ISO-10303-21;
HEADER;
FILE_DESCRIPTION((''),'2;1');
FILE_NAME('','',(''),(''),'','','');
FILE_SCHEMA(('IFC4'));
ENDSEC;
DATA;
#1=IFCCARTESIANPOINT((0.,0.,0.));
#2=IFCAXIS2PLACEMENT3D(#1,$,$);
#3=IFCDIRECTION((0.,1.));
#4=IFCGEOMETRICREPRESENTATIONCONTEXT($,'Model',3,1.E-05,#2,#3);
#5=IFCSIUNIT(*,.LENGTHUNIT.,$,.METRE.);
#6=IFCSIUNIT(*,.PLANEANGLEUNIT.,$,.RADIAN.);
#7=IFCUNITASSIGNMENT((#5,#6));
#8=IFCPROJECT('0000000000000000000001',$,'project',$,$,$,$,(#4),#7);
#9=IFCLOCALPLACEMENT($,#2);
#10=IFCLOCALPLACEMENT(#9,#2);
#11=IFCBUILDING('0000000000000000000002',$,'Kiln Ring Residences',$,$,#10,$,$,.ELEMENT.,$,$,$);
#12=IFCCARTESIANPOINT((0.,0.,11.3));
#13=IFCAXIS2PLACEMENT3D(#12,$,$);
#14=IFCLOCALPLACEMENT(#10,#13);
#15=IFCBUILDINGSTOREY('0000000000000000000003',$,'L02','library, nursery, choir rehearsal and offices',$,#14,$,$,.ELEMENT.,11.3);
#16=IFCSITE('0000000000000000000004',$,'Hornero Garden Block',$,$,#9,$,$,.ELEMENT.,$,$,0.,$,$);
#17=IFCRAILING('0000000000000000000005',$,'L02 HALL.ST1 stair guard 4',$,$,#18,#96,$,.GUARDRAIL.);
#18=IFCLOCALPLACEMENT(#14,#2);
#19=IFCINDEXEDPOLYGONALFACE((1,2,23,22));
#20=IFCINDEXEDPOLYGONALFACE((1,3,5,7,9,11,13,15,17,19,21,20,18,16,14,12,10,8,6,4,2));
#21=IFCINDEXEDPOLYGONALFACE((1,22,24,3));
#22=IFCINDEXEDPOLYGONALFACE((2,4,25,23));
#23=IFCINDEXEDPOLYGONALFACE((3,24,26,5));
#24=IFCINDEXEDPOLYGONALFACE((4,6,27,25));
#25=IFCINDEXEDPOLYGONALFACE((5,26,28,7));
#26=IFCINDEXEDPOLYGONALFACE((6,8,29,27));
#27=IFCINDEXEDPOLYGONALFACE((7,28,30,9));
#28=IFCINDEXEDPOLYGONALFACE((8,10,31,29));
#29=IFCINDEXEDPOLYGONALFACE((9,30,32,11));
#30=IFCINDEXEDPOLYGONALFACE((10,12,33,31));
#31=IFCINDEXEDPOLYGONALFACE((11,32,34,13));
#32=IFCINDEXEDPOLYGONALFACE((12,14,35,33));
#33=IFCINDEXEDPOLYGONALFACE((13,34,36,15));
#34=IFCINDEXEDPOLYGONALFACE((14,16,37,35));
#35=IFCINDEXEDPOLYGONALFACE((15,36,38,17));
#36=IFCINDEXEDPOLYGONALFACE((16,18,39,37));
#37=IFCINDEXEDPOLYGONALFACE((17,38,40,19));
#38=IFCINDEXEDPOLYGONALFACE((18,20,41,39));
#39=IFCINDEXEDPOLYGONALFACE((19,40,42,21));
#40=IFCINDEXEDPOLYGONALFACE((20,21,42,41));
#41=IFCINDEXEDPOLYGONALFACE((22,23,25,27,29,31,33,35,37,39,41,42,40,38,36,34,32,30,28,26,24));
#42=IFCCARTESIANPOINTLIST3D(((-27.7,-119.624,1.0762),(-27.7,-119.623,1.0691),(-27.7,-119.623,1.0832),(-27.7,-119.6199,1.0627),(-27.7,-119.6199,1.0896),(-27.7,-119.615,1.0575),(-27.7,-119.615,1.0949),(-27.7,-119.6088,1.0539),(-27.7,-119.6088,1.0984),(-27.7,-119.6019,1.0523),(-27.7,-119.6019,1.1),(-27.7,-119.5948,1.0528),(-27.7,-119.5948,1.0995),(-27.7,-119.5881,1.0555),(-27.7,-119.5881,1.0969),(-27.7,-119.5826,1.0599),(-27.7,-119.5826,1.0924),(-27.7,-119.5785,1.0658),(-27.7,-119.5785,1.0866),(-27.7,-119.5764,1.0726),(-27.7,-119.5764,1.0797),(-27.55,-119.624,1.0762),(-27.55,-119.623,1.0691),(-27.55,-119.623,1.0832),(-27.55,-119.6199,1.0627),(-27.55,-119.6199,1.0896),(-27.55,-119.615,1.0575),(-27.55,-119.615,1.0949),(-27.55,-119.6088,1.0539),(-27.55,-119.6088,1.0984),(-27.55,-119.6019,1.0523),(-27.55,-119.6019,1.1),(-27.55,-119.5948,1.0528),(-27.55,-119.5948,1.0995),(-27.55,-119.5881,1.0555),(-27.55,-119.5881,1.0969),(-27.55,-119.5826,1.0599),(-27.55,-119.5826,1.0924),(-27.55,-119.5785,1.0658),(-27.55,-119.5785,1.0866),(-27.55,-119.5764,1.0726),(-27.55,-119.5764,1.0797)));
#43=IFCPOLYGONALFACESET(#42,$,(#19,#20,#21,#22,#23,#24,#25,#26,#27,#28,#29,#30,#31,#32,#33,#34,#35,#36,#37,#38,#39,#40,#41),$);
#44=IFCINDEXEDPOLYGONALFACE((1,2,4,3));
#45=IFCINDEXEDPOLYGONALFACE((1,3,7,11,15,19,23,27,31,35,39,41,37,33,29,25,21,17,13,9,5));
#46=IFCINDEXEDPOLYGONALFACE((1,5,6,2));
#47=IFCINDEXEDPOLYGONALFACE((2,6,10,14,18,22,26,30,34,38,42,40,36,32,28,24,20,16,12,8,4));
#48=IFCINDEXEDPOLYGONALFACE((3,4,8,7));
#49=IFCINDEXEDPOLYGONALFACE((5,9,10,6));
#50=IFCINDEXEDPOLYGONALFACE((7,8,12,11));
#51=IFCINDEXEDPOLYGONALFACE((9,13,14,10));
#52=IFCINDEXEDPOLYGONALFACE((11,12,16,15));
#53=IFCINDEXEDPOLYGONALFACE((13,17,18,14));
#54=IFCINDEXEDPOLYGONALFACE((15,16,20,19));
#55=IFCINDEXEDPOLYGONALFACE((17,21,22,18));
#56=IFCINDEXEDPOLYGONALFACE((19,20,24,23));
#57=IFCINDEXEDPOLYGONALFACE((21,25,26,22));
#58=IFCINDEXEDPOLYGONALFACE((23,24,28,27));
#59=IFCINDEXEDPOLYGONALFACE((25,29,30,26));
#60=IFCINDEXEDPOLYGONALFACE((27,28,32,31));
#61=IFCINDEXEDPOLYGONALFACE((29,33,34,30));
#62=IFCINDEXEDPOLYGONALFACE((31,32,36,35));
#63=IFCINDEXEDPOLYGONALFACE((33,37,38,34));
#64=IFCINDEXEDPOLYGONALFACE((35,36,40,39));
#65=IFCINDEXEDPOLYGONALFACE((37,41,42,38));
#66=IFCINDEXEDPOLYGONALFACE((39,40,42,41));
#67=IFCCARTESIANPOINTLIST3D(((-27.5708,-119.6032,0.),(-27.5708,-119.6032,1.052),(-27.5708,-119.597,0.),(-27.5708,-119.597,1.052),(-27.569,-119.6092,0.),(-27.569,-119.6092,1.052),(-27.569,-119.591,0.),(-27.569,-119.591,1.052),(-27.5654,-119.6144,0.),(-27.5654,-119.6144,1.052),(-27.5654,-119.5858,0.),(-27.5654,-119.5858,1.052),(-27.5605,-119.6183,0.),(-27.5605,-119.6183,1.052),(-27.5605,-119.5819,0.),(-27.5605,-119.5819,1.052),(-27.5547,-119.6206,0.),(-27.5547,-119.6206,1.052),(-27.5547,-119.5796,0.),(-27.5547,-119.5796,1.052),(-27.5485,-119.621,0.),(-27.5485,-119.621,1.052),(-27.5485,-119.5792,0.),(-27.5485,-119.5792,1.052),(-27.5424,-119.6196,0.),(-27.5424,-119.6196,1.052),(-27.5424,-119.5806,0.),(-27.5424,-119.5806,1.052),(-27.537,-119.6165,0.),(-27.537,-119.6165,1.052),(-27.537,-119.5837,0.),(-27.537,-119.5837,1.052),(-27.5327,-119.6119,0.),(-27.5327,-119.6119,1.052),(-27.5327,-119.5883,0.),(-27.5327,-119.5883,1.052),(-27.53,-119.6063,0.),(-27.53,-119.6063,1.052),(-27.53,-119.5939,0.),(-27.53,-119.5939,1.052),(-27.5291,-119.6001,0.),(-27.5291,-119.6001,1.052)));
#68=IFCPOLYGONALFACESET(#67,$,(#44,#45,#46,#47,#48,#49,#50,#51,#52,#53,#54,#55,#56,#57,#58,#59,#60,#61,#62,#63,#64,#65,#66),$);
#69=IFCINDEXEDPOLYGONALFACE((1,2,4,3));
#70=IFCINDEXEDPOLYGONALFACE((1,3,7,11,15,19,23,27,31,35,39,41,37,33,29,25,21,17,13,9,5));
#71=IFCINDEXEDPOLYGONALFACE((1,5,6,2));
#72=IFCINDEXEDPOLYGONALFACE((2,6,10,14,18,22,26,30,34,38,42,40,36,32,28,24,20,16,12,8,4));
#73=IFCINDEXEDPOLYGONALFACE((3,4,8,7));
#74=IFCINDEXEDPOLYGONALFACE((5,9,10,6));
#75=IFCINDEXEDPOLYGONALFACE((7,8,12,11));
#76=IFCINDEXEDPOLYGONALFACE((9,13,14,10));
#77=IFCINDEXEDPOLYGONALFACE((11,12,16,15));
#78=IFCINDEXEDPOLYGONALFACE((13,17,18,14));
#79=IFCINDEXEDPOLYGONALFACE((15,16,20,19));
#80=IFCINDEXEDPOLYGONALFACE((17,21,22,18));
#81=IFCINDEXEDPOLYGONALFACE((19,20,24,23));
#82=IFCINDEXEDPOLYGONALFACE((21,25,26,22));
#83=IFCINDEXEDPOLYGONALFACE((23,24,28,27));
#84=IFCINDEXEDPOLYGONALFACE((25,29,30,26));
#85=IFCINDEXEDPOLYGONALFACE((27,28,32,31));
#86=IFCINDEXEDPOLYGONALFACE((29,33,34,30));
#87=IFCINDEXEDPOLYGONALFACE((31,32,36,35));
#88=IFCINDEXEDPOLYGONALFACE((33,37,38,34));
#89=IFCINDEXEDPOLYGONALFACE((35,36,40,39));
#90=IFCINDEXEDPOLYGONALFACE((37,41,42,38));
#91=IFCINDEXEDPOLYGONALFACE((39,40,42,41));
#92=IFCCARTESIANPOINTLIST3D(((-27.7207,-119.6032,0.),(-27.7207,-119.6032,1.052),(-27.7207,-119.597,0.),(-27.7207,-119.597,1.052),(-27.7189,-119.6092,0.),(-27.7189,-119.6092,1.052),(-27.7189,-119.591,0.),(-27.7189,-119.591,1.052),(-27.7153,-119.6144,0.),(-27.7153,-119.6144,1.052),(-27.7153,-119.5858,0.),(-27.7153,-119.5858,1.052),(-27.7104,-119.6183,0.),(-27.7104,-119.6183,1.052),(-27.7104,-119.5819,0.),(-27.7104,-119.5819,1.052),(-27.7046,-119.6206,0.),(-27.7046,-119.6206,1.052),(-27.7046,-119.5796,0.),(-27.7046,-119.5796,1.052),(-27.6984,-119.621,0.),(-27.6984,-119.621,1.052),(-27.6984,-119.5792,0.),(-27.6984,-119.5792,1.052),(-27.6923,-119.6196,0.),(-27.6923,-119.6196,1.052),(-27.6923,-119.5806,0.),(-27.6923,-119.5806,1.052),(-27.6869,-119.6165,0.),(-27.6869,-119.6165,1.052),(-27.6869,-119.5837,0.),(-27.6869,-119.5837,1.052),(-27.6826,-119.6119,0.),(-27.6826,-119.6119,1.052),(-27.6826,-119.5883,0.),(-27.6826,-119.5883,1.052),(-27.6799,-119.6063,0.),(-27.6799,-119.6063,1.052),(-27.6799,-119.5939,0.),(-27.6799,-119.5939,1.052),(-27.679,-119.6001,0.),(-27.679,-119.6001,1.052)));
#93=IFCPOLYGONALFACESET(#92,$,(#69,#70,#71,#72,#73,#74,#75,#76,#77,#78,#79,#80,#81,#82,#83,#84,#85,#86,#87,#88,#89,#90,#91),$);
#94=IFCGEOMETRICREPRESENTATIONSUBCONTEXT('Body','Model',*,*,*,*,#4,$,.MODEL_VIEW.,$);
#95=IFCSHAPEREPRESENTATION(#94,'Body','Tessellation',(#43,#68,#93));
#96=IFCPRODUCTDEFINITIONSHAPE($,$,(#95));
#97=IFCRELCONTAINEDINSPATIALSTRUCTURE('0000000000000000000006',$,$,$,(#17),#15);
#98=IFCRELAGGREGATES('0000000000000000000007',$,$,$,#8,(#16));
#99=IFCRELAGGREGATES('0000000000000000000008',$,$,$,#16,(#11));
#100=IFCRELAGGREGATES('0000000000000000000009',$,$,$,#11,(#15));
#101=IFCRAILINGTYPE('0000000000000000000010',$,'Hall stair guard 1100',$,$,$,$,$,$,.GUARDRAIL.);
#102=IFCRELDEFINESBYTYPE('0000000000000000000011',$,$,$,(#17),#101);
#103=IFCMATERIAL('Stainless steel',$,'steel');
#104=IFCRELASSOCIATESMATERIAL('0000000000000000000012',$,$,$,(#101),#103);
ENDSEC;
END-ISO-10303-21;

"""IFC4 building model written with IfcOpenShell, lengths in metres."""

from ifc_helpers import new_model, si_unit, direction, frame, origin, origin_2d, place, context, subcontext, project, spatial, circle, extrude, material, type_object, element, save


model = new_model("IFC4")

# Units and contexts
model_context = context("Model", 3, precision=1e-05, world=origin(), true_north=direction((0.0, 1.0)))
body_context = subcontext(model_context, "Body", "Model", "MODEL_VIEW")
ifc_project = project(units=[si_unit("LENGTHUNIT", "METRE"), si_unit("PLANEANGLEUNIT", "RADIAN")], contexts=[model_context])

# Site, building, storey
site_placement = place(None, origin())
site = spatial("IfcSite", under=ifc_project, at=site_placement, Name="Hornero Garden Block", CompositionType="ELEMENT", RefElevation=0.0)
building_placement = place(site_placement, origin())
building = spatial("IfcBuilding", under=site, at=building_placement, Name="Kiln Ring Residences", CompositionType="ELEMENT")
storey_placement = place(building_placement, frame((0.0, 0.0, 11.3)))
storey = spatial("IfcBuildingStorey", under=building, at=storey_placement, Name="L02", Description="library, nursery, choir rehearsal and offices", CompositionType="ELEMENT", Elevation=11.3)

# Railing
ifc_material_1 = material(Name="Stainless steel", Category="steel")
railing_type_1 = type_object("IfcRailingType", Name="Hall stair guard 1100", PredefinedType="GUARDRAIL", material=ifc_material_1)
railing_1_placement = place(storey_placement, frame((-27.55, -119.6001, 0.0)))
element("IfcRailing", 1, at=railing_1_placement, inside=storey, type_object=railing_type_1, Name="L02 HALL.ST1 stair guard 4", PredefinedType="GUARDRAIL", context=body_context, shape_type="SweptSolid", body=[
    extrude(circle(Radius=0.0239, at=origin_2d()), frame((0.0, 0.0, 1.0762), z_axis=(-1.0, 0.0, 0.0), x_axis=(0.0, -1.0, 0.0)), (0.0, 0.0, 1.0), 0.1499),
    extrude(circle(Radius=0.021, at=origin_2d()), origin(), (0.0, 0.0, 1.0), 1.052),
    extrude(circle(Radius=0.021, at=origin_2d()), frame((-0.1499, 0.0, 0.0)), (0.0, 0.0, 1.0), 1.052),
])

save(model, "model.ifc")
